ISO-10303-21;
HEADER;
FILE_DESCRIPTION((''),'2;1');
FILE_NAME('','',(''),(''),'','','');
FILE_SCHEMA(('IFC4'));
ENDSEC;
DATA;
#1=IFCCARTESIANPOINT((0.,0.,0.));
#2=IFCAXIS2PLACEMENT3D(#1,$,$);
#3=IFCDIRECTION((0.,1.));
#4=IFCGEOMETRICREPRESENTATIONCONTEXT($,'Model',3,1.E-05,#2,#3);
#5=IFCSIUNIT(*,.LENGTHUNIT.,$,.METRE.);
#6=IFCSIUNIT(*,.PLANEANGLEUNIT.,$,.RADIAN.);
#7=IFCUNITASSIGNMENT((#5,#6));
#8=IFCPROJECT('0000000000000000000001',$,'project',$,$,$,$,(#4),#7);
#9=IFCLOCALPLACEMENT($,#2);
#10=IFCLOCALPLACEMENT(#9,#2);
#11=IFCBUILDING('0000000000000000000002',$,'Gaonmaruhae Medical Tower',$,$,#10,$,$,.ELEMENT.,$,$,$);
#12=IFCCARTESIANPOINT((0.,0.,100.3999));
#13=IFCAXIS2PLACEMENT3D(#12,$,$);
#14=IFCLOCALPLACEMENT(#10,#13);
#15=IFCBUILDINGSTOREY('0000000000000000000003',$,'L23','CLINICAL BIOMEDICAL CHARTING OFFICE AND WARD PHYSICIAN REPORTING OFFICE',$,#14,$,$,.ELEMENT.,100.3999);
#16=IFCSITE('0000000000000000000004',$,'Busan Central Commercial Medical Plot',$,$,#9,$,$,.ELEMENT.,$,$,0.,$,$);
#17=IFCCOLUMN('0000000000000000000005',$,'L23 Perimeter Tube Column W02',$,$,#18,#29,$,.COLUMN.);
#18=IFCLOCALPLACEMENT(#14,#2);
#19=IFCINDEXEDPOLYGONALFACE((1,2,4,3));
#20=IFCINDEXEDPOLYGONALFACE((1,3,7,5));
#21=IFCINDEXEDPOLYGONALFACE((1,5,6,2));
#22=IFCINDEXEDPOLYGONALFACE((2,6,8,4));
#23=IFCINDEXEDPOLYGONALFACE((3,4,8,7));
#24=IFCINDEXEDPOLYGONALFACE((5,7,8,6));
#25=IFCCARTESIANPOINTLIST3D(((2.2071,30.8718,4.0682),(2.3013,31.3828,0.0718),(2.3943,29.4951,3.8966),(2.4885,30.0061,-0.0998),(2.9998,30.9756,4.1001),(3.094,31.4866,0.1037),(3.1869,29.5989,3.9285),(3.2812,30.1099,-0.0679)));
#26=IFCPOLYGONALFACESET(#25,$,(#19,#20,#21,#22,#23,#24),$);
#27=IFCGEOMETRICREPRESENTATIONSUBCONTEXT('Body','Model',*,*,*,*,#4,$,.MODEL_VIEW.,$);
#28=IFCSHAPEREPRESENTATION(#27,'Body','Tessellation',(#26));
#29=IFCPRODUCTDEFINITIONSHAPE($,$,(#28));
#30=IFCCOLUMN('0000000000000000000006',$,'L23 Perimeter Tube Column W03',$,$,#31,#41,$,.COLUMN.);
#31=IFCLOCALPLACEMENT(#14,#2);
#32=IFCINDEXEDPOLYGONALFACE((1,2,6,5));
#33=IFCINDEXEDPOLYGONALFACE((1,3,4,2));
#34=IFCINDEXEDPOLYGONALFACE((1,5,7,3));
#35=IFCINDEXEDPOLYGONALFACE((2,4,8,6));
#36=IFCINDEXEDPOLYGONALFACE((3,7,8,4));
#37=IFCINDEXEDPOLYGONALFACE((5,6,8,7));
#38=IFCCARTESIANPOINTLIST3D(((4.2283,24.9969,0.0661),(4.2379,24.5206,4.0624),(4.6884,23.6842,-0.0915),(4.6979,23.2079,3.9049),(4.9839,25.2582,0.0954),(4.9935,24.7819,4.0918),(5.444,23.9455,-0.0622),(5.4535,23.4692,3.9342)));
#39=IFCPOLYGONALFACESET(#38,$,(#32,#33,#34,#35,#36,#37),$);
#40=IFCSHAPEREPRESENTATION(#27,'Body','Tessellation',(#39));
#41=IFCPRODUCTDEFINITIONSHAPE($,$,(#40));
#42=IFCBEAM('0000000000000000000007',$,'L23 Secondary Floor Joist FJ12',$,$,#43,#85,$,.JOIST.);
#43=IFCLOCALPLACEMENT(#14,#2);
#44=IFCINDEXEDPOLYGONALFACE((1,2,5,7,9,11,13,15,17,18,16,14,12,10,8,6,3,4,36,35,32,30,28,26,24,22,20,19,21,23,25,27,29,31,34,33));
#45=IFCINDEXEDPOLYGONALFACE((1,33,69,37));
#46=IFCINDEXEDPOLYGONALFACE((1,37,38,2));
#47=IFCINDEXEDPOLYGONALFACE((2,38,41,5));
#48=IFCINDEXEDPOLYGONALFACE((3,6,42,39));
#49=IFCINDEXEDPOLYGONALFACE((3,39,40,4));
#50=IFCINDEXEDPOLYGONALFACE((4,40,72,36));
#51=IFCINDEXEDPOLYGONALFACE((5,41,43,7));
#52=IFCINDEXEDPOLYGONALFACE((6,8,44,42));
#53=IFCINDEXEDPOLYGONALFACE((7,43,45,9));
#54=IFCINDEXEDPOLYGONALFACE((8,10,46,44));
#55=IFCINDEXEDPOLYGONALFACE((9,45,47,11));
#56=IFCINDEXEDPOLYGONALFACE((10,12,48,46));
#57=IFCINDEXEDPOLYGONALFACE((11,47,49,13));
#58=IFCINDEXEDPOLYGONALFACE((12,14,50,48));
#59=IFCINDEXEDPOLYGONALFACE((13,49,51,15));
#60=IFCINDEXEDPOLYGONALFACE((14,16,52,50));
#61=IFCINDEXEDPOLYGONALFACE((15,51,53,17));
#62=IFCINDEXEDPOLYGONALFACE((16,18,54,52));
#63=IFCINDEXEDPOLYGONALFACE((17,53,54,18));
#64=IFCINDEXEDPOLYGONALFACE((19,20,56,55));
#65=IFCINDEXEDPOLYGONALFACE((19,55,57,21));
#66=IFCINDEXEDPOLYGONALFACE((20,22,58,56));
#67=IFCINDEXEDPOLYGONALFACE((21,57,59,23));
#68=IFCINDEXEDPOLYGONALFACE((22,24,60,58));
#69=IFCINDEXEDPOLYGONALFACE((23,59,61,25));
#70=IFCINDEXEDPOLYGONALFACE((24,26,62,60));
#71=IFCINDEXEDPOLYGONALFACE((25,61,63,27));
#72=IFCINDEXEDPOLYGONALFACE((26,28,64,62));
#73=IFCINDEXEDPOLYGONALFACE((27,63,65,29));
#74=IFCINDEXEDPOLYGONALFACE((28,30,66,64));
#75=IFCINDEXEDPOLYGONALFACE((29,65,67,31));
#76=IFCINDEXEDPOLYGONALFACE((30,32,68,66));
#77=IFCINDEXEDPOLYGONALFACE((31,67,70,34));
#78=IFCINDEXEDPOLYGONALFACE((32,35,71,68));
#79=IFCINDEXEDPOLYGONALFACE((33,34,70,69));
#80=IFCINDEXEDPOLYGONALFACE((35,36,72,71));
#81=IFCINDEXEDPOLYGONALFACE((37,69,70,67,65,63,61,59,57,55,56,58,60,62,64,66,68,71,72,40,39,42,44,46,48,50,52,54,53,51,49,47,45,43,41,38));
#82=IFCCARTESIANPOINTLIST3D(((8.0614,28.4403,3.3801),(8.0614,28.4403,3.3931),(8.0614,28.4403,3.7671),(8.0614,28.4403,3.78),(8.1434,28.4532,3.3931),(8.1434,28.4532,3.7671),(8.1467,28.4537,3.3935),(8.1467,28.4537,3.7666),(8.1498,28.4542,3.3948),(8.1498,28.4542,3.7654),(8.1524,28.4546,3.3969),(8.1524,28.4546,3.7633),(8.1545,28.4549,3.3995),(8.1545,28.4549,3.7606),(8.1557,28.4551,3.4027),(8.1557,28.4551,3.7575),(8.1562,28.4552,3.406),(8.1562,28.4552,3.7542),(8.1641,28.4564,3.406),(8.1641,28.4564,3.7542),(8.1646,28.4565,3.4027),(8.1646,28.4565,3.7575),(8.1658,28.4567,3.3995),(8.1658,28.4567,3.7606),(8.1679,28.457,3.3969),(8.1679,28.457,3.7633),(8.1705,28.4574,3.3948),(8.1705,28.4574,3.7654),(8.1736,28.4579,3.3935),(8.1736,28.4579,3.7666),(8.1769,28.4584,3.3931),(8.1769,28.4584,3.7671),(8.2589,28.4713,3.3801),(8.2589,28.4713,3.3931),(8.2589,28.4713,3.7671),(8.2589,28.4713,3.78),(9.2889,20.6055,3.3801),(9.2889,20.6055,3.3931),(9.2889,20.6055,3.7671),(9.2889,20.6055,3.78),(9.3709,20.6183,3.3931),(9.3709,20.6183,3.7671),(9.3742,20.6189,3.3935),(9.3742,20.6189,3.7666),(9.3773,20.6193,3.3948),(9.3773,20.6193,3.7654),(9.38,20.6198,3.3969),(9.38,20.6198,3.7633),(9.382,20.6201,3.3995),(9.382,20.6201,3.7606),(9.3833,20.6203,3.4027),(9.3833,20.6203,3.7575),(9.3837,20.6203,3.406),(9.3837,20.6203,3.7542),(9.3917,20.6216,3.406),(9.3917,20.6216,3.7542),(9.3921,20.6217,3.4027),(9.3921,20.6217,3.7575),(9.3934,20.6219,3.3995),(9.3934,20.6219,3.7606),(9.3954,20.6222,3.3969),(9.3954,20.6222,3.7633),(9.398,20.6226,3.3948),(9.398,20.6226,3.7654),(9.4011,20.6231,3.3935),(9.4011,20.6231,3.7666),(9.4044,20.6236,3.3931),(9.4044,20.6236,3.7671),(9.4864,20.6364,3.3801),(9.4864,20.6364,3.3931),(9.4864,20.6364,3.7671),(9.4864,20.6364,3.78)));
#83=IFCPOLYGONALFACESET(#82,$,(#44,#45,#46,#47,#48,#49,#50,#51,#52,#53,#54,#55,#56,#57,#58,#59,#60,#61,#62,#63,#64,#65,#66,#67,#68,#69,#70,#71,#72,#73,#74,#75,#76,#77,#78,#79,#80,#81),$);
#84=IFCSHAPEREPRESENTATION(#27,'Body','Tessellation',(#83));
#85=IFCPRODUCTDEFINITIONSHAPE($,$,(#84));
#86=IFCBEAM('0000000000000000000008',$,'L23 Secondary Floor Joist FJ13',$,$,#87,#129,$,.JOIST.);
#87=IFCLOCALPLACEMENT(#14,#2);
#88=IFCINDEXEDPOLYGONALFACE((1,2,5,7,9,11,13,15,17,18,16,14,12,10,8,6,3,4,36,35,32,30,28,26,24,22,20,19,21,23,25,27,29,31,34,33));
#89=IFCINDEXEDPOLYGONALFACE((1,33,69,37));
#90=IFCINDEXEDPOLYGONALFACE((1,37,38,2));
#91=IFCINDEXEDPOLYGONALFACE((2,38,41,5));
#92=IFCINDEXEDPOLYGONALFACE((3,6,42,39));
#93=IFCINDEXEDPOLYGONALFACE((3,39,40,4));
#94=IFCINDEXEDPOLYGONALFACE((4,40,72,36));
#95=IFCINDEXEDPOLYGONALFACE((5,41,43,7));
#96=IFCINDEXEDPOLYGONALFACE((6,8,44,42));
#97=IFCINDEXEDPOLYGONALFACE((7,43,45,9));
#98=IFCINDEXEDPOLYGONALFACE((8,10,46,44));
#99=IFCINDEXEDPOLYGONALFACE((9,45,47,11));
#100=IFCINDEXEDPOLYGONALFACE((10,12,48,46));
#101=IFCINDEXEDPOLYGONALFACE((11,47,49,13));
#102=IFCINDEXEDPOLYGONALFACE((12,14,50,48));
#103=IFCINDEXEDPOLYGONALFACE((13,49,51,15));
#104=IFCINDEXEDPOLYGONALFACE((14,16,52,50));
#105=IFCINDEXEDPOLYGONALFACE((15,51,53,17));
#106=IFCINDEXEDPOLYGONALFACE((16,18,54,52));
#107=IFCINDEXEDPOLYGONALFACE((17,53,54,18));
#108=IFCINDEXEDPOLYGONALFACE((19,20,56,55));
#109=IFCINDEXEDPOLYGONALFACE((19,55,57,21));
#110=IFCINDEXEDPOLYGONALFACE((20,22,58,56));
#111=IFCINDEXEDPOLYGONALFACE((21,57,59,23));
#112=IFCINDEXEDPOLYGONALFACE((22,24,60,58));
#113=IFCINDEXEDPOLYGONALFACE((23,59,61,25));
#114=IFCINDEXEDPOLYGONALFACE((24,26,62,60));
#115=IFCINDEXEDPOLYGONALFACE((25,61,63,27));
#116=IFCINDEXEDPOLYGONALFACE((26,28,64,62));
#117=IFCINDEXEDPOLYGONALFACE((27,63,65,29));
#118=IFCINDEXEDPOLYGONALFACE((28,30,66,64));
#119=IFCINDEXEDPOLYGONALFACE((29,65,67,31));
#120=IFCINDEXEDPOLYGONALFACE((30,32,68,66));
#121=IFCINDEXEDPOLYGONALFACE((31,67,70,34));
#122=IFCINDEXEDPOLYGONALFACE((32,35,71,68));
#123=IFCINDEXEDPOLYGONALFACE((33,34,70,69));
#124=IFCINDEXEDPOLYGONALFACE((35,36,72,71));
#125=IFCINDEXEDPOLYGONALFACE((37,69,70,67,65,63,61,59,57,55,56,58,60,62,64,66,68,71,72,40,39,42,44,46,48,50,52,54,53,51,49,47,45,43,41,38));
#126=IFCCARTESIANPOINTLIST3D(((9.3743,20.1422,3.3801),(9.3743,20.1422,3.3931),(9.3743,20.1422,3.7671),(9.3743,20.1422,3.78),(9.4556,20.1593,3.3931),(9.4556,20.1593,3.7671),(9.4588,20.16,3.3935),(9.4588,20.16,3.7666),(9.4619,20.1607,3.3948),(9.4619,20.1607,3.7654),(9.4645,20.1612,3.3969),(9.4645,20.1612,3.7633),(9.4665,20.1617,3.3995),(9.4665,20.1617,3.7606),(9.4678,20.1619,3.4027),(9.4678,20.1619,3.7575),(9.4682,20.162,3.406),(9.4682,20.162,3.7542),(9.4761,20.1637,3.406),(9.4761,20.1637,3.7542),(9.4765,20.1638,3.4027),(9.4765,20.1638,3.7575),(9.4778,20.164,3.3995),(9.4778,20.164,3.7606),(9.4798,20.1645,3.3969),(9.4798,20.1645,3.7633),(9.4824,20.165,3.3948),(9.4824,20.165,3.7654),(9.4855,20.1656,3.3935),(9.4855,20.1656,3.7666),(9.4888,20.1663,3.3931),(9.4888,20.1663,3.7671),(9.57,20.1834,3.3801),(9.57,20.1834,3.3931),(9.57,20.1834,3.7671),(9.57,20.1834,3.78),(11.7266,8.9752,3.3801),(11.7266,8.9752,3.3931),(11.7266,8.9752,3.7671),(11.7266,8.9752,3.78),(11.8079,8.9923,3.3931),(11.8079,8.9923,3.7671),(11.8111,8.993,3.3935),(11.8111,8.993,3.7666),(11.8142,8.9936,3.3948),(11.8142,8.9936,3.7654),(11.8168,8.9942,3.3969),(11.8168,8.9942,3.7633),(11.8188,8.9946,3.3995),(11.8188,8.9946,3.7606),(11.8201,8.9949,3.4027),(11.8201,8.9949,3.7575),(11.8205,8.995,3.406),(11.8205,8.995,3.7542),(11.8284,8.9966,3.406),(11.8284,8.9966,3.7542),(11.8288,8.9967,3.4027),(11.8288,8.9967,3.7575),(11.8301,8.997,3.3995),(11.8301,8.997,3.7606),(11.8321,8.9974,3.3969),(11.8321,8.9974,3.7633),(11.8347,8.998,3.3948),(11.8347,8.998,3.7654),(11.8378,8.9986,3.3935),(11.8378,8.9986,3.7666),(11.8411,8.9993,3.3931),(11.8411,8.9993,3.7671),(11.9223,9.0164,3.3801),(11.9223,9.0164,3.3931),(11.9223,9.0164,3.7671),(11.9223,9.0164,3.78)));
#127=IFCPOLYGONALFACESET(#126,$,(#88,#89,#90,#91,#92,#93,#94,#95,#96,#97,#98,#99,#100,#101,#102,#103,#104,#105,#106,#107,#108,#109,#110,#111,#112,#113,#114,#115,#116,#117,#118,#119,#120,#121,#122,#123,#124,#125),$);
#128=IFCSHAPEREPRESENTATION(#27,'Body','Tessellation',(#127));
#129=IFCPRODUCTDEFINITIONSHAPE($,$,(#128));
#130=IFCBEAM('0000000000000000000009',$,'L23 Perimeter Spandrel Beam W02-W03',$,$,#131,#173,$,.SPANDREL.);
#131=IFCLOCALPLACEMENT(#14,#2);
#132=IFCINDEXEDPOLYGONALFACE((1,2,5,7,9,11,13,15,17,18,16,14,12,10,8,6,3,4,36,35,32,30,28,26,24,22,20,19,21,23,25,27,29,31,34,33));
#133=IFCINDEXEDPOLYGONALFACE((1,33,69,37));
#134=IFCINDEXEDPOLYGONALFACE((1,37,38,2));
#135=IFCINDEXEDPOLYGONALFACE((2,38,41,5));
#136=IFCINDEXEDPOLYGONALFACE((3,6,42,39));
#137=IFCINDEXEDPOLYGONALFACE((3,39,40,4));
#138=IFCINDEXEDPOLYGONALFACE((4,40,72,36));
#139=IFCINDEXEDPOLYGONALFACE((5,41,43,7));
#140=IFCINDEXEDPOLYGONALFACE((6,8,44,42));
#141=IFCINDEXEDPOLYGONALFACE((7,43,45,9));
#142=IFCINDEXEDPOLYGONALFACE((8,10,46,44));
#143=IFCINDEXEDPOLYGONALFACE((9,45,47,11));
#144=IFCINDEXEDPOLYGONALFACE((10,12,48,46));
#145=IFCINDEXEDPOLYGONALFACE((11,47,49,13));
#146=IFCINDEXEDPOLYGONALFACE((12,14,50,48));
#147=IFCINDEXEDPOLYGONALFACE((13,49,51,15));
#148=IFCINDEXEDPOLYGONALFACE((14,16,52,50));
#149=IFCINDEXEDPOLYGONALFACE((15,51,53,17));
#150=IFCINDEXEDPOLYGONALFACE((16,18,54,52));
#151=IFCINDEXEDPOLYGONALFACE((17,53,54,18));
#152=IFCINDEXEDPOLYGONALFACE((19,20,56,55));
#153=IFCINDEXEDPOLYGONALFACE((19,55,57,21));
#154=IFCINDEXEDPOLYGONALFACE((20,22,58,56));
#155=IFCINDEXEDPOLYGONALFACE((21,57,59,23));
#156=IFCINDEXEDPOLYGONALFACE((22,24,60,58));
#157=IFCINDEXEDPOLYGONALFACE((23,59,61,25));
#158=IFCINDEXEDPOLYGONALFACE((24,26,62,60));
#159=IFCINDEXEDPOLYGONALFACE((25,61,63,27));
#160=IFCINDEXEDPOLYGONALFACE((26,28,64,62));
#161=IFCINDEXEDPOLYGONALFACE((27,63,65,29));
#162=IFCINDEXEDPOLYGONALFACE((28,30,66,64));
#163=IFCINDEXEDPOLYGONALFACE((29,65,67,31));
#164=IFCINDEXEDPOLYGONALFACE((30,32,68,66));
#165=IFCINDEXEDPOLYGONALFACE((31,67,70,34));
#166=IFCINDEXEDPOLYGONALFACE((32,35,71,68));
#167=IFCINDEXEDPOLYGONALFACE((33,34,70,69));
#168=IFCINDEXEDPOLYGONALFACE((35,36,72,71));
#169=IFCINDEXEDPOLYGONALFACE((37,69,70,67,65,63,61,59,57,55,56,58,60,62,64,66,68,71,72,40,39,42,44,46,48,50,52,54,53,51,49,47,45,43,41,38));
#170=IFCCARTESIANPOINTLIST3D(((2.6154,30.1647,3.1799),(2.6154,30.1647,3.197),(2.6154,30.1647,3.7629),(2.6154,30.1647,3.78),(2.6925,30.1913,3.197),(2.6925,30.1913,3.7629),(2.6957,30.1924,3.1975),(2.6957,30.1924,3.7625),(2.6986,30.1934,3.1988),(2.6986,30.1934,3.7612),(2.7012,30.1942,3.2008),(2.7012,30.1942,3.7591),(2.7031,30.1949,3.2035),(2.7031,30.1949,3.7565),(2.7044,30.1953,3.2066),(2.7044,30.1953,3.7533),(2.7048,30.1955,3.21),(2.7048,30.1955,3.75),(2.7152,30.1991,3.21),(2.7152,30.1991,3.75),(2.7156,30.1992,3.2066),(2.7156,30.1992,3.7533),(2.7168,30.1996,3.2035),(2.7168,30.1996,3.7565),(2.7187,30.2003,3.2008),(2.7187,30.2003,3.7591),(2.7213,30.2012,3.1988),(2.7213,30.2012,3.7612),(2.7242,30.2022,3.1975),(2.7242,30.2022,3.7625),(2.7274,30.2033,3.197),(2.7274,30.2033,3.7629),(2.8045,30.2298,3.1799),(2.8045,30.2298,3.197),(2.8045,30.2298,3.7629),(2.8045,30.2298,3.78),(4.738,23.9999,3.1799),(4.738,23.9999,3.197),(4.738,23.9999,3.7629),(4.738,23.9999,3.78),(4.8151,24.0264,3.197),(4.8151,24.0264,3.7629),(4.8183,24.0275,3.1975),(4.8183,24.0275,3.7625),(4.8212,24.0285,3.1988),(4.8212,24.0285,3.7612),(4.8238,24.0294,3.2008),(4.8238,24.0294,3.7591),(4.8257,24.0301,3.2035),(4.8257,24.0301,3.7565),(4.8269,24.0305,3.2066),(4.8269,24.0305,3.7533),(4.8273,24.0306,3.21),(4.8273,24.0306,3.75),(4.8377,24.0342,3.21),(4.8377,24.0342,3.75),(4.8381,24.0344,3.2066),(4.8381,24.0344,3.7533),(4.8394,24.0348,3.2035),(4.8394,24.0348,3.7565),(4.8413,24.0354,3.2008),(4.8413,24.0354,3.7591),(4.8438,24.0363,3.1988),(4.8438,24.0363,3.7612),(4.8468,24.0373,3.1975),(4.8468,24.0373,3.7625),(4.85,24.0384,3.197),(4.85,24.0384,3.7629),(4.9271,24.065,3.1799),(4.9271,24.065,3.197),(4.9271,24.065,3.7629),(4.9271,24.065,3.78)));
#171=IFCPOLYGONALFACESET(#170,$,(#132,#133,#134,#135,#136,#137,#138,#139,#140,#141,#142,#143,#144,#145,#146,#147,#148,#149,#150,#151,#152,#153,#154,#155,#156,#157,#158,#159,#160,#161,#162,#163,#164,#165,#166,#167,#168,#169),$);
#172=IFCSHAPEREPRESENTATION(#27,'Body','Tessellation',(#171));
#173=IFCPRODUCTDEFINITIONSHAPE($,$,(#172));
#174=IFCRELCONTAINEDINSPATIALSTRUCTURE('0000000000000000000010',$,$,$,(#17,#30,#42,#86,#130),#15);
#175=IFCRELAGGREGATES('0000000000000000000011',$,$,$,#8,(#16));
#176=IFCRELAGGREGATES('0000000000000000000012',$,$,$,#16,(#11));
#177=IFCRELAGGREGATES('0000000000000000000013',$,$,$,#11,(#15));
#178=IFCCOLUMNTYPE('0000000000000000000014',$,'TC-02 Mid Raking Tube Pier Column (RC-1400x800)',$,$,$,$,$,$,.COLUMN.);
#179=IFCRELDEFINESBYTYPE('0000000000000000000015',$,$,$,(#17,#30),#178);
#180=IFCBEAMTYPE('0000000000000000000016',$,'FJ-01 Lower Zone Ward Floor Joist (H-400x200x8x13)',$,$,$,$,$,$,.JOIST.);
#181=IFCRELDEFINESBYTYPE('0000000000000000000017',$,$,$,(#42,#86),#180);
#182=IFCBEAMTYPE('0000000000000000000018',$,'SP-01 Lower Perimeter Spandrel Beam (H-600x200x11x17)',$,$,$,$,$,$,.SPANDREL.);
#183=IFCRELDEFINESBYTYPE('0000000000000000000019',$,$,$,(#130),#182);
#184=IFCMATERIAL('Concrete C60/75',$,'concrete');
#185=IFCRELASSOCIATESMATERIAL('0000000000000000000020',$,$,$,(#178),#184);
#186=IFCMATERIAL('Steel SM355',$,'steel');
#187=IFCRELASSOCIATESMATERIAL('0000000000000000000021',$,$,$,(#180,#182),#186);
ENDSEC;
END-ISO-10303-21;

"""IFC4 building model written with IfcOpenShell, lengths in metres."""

from ifc_helpers import new_model, si_unit, direction, frame, origin, origin_2d, place, context, subcontext, project, spatial, rectangle, i_section, extrude, material, material_profile, profile_set, type_object, element, save


model = new_model("IFC4")

# Units and contexts
model_context = context("Model", 3, precision=1e-05, world=origin(), true_north=direction((0.0, 1.0)))
body_context = subcontext(model_context, "Body", "Model", "MODEL_VIEW")
ifc_project = project(units=[si_unit("LENGTHUNIT", "METRE"), si_unit("PLANEANGLEUNIT", "RADIAN")], contexts=[model_context])

# Site, building, storey
site_placement = place(None, origin())
site = spatial("IfcSite", under=ifc_project, at=site_placement, Name="Busan Central Commercial Medical Plot", CompositionType="ELEMENT", RefElevation=0.0)
building_placement = place(site_placement, origin())
building = spatial("IfcBuilding", under=site, at=building_placement, Name="Gaonmaruhae Medical Tower", CompositionType="ELEMENT")
storey_placement = place(building_placement, frame((0.0, 0.0, 100.3999)))
storey = spatial("IfcBuildingStorey", under=building, at=storey_placement, Name="L23", Description="CLINICAL BIOMEDICAL CHARTING OFFICE AND WARD PHYSICIAN REPORTING OFFICE", CompositionType="ELEMENT", Elevation=100.3999)

# Columns
ifc_material_1 = material(Name="Concrete C60/75", Category="concrete")
ifc_material_profile_1 = material_profile(ifc_material_1, rectangle(XDim=1.3999, YDim=0.8, at=origin_2d()), Name="RC-1400x800")
ifc_profile_set_1 = profile_set([ifc_material_profile_1], Name="Concrete C60/75")
column_type = type_object("IfcColumnType", Name="TC-02 Mid Raking Tube Pier Column (RC-1400x800)", PredefinedType="COLUMN", material=ifc_profile_set_1)
column_1_placement = place(storey_placement, frame((2.7913, 30.7463, 0.002), z_axis=(-0.023384, -0.126796, 0.991653), x_axis=(-0.133708, 0.983409, 0.122589)))
element("IfcColumn", 1, at=column_1_placement, inside=storey, type_object=column_type, Name="L23 Perimeter Tube Column W02", PredefinedType="COLUMN", context=body_context, shape_type="SweptSolid", body=[
    extrude(rectangle(XDim=1.3999, YDim=0.8, at=origin_2d()), origin(), (0.0, 0.0, 1.0), 4.03),
])
column_2_placement = place(storey_placement, frame((4.8362, 24.4712, 0.002), z_axis=(0.002366, -0.118351, 0.992969), x_axis=(-0.328654, 0.93772, 0.112549)))
element("IfcColumn", 2, at=column_2_placement, inside=storey, type_object=column_type, Name="L23 Perimeter Tube Column W03", PredefinedType="COLUMN", context=body_context, shape_type="SweptSolid", body=[
    extrude(rectangle(XDim=1.3999, YDim=0.8, at=origin_2d()), origin(), (0.0, 0.0, 1.0), 4.0247),
])

# Beams
ifc_material_2 = material(Name="Steel SM355", Category="steel")
ifc_material_profile_2 = material_profile(ifc_material_2, i_section(OverallWidth=0.2, OverallDepth=0.3999, WebThickness=0.0081, FlangeThickness=0.0129, FilletRadius=0.0129, at=origin_2d()), Name="H-400x200x8x13")
ifc_profile_set_2 = profile_set([ifc_material_profile_2], Name="Steel SM355")
beam_type_1 = type_object("IfcBeamType", Name="FJ-01 Lower Zone Ward Floor Joist (H-400x200x8x13)", PredefinedType="JOIST", material=ifc_profile_set_2)
beam_1_placement = place(storey_placement, frame((8.1602, 28.4558, 3.5801), z_axis=(0.154786, -0.987948, 0.0), x_axis=(0.987948, 0.154786, 0.0)))
element("IfcBeam", 3, at=beam_1_placement, inside=storey, type_object=beam_type_1, Name="L23 Secondary Floor Joist FJ12", PredefinedType="JOIST", context=body_context, shape_type="SweptSolid", body=[
    extrude(i_section(OverallWidth=0.2, OverallDepth=0.3999, WebThickness=0.0081, FlangeThickness=0.0129, FilletRadius=0.0129, at=origin_2d()), origin(), (0.0, 0.0, 1.0), 7.9304),
])
beam_2_placement = place(storey_placement, frame((9.4722, 20.1628, 3.5801), z_axis=(0.206124, -0.978526, 0.0), x_axis=(0.978526, 0.206124, 0.0)))
element("IfcBeam", 4, at=beam_2_placement, inside=storey, type_object=beam_type_1, Name="L23 Secondary Floor Joist FJ13", PredefinedType="JOIST", context=body_context, shape_type="SweptSolid", body=[
    extrude(i_section(OverallWidth=0.2, OverallDepth=0.3999, WebThickness=0.0081, FlangeThickness=0.0129, FilletRadius=0.0129, at=origin_2d()), origin(), (0.0, 0.0, 1.0), 11.4121),
])
ifc_material_profile_3 = material_profile(ifc_material_2, i_section(OverallWidth=0.2, OverallDepth=0.6001, WebThickness=0.011, FlangeThickness=0.0171, FilletRadius=0.0129, at=origin_2d()), Name="H-600x200x11x17")
ifc_profile_set_3 = profile_set([ifc_material_profile_3], Name="Steel SM355")
beam_type_2 = type_object("IfcBeamType", Name="SP-01 Lower Perimeter Spandrel Beam (H-600x200x11x17)", PredefinedType="SPANDREL", material=ifc_profile_set_3)
beam_3_placement = place(storey_placement, frame((2.71, 30.1973, 3.48), z_axis=(0.325548, -0.945526, 0.0), x_axis=(0.945526, 0.325548, 0.0)))
element("IfcBeam", 5, at=beam_3_placement, inside=storey, type_object=beam_type_2, Name="L23 Perimeter Spandrel Beam W02-W03", PredefinedType="SPANDREL", context=body_context, shape_type="SweptSolid", body=[
    extrude(i_section(OverallWidth=0.2, OverallDepth=0.6001, WebThickness=0.011, FlangeThickness=0.0171, FilletRadius=0.0129, at=origin_2d()), origin(), (0.0, 0.0, 1.0), 6.52),
])

save(model, "model.ifc")
